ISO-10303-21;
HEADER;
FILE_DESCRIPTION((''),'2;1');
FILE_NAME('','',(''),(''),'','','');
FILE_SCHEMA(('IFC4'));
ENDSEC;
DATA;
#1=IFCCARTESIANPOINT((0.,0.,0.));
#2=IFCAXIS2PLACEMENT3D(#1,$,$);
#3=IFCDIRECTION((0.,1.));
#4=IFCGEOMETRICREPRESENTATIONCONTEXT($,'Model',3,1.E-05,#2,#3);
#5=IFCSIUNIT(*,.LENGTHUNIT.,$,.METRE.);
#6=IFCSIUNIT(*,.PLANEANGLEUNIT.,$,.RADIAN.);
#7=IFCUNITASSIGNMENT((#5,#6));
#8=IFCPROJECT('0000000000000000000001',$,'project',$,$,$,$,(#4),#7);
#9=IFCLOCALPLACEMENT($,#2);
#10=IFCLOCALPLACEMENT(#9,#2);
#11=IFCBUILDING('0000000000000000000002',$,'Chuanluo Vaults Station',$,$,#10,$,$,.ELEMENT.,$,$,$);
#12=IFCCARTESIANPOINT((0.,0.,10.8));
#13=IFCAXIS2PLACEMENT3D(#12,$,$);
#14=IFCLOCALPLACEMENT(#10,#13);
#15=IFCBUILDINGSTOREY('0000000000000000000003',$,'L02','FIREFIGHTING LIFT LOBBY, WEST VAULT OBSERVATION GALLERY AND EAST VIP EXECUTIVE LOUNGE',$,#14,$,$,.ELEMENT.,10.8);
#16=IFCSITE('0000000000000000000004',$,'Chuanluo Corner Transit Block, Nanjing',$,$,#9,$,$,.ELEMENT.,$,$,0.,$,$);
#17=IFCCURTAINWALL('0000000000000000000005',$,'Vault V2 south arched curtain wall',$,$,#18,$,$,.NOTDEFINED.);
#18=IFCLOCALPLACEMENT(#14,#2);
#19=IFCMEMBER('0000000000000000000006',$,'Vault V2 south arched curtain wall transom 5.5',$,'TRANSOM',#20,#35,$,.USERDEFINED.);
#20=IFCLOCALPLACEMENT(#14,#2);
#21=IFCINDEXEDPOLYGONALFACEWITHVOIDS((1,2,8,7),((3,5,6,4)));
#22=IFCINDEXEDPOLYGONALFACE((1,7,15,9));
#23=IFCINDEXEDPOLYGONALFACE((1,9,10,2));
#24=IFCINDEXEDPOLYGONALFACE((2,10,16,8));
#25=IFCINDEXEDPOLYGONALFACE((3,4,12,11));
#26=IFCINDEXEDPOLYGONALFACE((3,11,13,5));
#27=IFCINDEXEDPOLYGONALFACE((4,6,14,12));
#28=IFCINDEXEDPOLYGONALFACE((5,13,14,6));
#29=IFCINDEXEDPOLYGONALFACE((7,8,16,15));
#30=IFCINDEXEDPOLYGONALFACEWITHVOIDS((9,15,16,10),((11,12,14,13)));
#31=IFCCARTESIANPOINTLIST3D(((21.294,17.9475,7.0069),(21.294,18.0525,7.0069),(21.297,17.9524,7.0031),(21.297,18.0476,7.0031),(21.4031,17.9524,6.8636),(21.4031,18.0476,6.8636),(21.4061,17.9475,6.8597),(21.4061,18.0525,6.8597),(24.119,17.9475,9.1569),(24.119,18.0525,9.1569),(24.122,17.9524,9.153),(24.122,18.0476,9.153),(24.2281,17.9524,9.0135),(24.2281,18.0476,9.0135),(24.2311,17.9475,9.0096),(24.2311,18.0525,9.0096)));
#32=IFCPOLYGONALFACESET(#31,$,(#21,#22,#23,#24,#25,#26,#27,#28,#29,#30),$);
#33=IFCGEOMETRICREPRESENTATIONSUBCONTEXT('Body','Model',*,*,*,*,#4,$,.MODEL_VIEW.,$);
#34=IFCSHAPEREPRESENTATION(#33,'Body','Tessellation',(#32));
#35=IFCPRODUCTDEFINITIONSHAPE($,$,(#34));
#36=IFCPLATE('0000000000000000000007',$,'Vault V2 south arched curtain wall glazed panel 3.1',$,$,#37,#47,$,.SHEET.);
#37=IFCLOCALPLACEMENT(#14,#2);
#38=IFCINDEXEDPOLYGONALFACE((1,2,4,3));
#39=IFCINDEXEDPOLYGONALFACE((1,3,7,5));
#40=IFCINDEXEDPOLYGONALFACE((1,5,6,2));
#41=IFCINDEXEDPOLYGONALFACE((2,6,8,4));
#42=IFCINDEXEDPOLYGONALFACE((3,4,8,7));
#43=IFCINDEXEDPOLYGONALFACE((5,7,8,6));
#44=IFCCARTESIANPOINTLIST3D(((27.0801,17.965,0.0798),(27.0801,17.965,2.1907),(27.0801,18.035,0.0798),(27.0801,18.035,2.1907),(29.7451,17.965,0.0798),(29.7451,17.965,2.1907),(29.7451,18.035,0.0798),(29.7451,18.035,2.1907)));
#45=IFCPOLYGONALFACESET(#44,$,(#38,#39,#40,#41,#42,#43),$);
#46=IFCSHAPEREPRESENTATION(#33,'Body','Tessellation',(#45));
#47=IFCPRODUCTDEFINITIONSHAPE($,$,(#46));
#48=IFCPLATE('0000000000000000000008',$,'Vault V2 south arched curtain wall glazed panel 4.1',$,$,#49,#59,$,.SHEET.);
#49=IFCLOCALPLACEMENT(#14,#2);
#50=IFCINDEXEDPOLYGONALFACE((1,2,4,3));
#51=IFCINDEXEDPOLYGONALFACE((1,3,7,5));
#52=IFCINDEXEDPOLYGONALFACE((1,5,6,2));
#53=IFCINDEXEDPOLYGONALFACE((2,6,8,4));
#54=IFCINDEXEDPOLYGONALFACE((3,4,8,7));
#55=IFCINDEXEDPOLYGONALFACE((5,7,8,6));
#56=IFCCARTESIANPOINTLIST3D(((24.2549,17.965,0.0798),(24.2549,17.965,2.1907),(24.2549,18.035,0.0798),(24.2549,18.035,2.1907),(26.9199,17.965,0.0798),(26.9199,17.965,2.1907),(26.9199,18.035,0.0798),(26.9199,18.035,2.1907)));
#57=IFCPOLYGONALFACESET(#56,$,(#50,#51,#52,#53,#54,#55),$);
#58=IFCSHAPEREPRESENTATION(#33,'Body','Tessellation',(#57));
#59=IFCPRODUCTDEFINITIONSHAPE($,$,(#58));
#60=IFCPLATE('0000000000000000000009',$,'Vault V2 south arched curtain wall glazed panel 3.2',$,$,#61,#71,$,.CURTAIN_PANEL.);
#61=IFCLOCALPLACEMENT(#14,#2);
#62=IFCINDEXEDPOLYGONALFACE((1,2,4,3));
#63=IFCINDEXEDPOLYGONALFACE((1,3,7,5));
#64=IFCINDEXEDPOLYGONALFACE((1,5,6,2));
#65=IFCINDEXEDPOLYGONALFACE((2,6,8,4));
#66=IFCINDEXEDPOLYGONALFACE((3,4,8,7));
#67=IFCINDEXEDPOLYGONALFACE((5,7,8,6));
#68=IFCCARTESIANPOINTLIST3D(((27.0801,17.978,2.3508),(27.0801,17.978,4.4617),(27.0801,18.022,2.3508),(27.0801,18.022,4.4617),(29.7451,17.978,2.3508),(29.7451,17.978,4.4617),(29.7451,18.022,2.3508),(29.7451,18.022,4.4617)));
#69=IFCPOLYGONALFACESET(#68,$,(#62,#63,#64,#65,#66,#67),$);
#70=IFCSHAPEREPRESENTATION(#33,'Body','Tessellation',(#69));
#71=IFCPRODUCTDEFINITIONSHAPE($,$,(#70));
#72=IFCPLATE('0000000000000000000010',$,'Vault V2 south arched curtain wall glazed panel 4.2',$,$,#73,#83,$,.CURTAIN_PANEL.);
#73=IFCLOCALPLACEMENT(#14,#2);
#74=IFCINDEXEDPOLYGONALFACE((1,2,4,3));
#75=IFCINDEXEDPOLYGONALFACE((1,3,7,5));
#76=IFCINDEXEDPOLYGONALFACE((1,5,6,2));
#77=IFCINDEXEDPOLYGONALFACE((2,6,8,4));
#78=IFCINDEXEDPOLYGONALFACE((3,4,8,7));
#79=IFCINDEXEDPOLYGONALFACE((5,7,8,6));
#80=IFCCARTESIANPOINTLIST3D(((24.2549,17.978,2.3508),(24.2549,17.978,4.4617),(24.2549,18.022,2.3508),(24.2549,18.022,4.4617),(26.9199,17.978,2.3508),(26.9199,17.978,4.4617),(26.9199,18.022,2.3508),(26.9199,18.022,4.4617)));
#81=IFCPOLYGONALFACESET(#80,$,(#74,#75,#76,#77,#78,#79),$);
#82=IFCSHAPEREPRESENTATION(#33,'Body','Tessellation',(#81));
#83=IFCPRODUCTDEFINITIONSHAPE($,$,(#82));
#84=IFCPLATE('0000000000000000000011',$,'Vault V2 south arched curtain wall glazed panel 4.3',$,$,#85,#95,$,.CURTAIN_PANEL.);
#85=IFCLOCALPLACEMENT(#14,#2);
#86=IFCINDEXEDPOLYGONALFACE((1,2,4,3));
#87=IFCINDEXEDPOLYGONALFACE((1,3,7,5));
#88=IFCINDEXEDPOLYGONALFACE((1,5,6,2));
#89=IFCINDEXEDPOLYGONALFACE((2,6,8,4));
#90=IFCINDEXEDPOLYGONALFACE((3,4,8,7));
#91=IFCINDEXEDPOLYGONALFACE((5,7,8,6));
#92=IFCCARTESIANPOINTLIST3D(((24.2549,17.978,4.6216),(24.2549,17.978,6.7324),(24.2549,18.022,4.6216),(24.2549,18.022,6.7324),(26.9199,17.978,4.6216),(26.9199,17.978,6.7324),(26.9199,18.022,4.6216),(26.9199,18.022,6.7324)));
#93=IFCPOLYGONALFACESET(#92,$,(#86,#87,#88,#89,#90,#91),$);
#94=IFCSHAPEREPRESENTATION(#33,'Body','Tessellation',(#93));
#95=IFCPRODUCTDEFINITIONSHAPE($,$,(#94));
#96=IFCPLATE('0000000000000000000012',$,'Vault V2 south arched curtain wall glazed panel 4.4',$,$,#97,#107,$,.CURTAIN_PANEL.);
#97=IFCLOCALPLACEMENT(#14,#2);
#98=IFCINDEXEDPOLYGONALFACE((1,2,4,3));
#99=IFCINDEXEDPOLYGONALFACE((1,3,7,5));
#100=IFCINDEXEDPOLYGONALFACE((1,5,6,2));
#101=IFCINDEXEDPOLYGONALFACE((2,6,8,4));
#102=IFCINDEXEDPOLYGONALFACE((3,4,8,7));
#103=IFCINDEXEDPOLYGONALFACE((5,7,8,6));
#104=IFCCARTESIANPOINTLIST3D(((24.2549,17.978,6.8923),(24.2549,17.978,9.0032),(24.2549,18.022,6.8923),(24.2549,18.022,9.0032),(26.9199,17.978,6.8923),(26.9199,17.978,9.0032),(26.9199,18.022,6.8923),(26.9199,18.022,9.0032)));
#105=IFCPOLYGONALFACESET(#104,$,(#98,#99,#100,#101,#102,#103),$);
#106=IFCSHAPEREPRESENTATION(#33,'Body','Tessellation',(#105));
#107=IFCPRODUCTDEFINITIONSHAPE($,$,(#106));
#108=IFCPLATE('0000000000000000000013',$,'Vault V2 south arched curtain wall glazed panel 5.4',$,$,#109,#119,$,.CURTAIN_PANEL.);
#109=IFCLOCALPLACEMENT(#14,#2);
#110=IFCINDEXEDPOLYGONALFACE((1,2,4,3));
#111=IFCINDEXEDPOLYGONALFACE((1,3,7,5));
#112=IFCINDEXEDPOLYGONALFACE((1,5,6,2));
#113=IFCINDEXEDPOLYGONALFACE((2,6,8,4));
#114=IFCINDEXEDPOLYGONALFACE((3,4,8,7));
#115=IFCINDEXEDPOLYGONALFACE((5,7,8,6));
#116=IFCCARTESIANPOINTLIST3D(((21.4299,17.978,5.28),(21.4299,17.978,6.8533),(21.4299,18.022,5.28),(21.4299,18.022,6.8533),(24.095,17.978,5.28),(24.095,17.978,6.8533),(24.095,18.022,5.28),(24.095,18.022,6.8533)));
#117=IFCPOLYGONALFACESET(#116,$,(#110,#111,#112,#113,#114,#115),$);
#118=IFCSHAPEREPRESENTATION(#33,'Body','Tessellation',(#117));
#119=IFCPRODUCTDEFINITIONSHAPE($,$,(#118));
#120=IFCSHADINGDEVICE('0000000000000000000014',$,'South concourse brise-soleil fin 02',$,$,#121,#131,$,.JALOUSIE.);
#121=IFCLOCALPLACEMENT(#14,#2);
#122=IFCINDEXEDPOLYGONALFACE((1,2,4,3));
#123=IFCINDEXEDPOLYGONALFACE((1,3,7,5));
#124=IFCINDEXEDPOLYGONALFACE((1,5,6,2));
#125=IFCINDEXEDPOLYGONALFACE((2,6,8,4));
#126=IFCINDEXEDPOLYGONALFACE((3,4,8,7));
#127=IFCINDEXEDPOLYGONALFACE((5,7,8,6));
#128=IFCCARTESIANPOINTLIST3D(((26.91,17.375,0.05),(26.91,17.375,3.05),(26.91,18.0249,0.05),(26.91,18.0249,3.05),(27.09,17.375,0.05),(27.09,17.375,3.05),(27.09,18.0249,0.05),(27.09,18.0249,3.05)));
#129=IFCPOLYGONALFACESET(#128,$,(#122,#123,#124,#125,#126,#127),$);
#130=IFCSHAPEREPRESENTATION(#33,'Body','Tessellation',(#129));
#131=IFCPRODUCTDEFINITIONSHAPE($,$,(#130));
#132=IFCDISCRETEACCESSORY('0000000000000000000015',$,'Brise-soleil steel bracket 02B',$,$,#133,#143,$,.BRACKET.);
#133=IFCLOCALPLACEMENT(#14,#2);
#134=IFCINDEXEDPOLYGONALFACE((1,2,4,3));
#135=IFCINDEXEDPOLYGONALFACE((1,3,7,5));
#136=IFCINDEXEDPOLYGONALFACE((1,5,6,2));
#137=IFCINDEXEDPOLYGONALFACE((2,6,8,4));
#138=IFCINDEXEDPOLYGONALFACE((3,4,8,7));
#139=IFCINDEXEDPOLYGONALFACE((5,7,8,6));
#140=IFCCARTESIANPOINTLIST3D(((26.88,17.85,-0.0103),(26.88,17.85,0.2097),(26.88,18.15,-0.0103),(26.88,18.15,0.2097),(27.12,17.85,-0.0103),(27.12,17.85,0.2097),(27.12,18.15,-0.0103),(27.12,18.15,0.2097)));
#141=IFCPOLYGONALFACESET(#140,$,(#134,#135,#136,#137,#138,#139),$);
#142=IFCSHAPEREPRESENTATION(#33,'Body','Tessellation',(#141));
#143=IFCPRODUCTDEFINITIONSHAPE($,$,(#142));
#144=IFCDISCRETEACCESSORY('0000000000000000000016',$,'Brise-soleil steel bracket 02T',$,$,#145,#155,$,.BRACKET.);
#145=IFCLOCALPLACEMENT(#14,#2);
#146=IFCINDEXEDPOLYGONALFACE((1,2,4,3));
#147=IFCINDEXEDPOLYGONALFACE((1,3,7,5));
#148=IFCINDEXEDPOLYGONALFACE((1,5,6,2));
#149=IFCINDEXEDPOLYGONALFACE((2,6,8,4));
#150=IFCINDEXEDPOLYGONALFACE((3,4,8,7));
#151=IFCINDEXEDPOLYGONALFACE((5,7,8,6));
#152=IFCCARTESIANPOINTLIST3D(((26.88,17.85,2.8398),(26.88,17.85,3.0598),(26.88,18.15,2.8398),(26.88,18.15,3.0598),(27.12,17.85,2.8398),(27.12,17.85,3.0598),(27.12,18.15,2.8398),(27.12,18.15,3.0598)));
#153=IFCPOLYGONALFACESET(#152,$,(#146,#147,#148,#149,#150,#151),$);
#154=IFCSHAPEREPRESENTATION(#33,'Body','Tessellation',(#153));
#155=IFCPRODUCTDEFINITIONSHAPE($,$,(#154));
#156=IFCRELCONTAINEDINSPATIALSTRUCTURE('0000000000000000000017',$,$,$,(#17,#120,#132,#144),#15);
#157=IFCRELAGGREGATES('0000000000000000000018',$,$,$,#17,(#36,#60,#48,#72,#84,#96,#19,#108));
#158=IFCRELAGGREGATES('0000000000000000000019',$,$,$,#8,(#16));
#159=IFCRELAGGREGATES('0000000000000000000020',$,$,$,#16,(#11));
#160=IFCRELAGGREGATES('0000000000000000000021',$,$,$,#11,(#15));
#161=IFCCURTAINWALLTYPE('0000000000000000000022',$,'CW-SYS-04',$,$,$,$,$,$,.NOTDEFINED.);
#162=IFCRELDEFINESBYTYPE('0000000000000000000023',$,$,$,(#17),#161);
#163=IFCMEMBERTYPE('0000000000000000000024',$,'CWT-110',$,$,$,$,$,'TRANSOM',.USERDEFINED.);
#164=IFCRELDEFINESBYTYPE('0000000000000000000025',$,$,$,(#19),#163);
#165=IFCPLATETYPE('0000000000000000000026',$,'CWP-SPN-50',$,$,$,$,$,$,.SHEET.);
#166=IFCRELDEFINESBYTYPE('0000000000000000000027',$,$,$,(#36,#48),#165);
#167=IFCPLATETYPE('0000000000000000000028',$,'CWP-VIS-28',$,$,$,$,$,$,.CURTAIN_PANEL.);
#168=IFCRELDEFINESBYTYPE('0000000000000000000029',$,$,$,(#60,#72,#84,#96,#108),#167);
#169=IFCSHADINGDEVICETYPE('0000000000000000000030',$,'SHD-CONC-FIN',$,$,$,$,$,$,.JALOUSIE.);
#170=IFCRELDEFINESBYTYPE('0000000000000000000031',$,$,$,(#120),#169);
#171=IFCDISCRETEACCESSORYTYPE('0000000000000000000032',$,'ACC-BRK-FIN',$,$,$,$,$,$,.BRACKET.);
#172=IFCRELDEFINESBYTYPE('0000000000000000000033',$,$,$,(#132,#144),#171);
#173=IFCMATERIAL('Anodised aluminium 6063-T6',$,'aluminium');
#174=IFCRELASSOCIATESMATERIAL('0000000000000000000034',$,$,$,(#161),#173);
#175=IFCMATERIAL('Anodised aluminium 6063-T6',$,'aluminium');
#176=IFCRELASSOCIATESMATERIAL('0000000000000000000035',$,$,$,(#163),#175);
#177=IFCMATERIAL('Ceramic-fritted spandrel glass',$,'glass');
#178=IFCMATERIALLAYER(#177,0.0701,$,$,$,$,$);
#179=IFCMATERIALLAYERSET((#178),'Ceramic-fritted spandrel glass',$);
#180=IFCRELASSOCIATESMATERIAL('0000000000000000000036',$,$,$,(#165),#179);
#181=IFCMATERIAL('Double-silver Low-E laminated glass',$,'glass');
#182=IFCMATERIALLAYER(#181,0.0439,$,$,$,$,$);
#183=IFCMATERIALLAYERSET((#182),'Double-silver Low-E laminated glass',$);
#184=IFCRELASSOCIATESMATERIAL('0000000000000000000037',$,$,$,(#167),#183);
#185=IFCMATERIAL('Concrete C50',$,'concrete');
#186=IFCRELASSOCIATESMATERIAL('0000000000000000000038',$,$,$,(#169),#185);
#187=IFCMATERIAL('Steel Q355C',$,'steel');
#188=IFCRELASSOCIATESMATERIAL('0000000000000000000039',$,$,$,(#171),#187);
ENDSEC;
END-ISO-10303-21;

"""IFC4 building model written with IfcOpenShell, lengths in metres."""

from ifc_helpers import new_model, si_unit, direction, frame, origin, origin_2d, place, context, subcontext, project, spatial, rectangle, hollow_rectangle, extrude, material, layer, layer_set, material_profile, profile_set, type_object, element, aggregate, save


model = new_model("IFC4")

# Units and contexts
model_context = context("Model", 3, precision=1e-05, world=origin(), true_north=direction((0.0, 1.0)))
body_context = subcontext(model_context, "Body", "Model", "MODEL_VIEW")
ifc_project = project(units=[si_unit("LENGTHUNIT", "METRE"), si_unit("PLANEANGLEUNIT", "RADIAN")], contexts=[model_context])

# Site, building, storey
site_placement = place(None, origin())
site = spatial("IfcSite", under=ifc_project, at=site_placement, Name="Chuanluo Corner Transit Block, Nanjing", CompositionType="ELEMENT", RefElevation=0.0)
building_placement = place(site_placement, origin())
building = spatial("IfcBuilding", under=site, at=building_placement, Name="Chuanluo Vaults Station", CompositionType="ELEMENT")
storey_placement = place(building_placement, frame((0.0, 0.0, 10.8)))
storey = spatial("IfcBuildingStorey", under=building, at=storey_placement, Name="L02", Description="FIREFIGHTING LIFT LOBBY, WEST VAULT OBSERVATION GALLERY AND EAST VIP EXECUTIVE LOUNGE", CompositionType="ELEMENT", Elevation=10.8)

# Curtain wall, member, plates
ifc_material_1 = material(Name="Anodised aluminium 6063-T6", Category="aluminium")
curtain_wall_type = type_object("IfcCurtainWallType", Name="CW-SYS-04", PredefinedType="NOTDEFINED", material=ifc_material_1)
curtain_wall_placement = place(storey_placement, origin())
curtain_wall = element("IfcCurtainWall", 1, at=curtain_wall_placement, inside=storey, type_object=curtain_wall_type, Name="Vault V2 south arched curtain wall", PredefinedType="NOTDEFINED")
ifc_material_2 = material(Name="Anodised aluminium 6063-T6", Category="aluminium")
ifc_material_profile_1 = material_profile(ifc_material_2, hollow_rectangle(XDim=0.105, YDim=0.1851, WallThickness=0.0049, at=origin_2d()))
ifc_profile_set_1 = profile_set([ifc_material_profile_1], Name="Anodised aluminium 6063-T6")
member_type_1 = type_object("IfcMemberType", Name="CWT-110", ElementType="TRANSOM", PredefinedType="USERDEFINED", material=ifc_profile_set_1)
member_1_placement = place(storey_placement, frame((24.175, 18.0, 9.0833), z_axis=(-0.795763, 0.0, -0.605608), x_axis=(0.0, -1.0, 0.0)))
member_1 = element("IfcMember", 2, at=member_1_placement, type_object=member_type_1, Name="Vault V2 south arched curtain wall transom 5.5", ObjectType="TRANSOM", PredefinedType="USERDEFINED", context=body_context, shape_type="SweptSolid", body=[
    extrude(hollow_rectangle(XDim=0.105, YDim=0.1851, WallThickness=0.0049, at=origin_2d()), origin(), (0.0, 0.0, 1.0), 3.55),
])
ifc_material_3 = material(Name="Ceramic-fritted spandrel glass", Category="glass")
ifc_layer_1 = layer(ifc_material_3, 0.0701)
ifc_layer_set_1 = layer_set([ifc_layer_1], Name="Ceramic-fritted spandrel glass")
plate_type_1 = type_object("IfcPlateType", Name="CWP-SPN-50", PredefinedType="SHEET", material=ifc_layer_set_1)
plate_1_placement = place(storey_placement, frame((28.4126, 18.0, 0.0798), z_axis=(0.0, 0.0, 1.0), x_axis=(-1.0, 0.0, 0.0)))
plate_1 = element("IfcPlate", 3, at=plate_1_placement, type_object=plate_type_1, Name="Vault V2 south arched curtain wall glazed panel 3.1", PredefinedType="SHEET", context=body_context, shape_type="SweptSolid", body=[
    extrude(rectangle(XDim=2.665, YDim=0.0701, at=origin_2d()), origin(), (0.0, 0.0, 1.0), 2.1108),
])
plate_2_placement = place(storey_placement, frame((25.5874, 18.0, 0.0798), z_axis=(0.0, 0.0, 1.0), x_axis=(-1.0, 0.0, 0.0)))
plate_2 = element("IfcPlate", 4, at=plate_2_placement, type_object=plate_type_1, Name="Vault V2 south arched curtain wall glazed panel 4.1", PredefinedType="SHEET", context=body_context, shape_type="SweptSolid", body=[
    extrude(rectangle(XDim=2.665, YDim=0.0701, at=origin_2d()), origin(), (0.0, 0.0, 1.0), 2.1108),
])
ifc_material_4 = material(Name="Double-silver Low-E laminated glass", Category="glass")
ifc_layer_2 = layer(ifc_material_4, 0.0439)
ifc_layer_set_2 = layer_set([ifc_layer_2], Name="Double-silver Low-E laminated glass")
plate_type_2 = type_object("IfcPlateType", Name="CWP-VIS-28", PredefinedType="CURTAIN_PANEL", material=ifc_layer_set_2)
plate_3_placement = place(storey_placement, frame((28.4126, 18.0, 2.3508), z_axis=(0.0, 0.0, 1.0), x_axis=(-1.0, 0.0, 0.0)))
plate_3 = element("IfcPlate", 5, at=plate_3_placement, type_object=plate_type_2, Name="Vault V2 south arched curtain wall glazed panel 3.2", PredefinedType="CURTAIN_PANEL", context=body_context, shape_type="SweptSolid", body=[
    extrude(rectangle(XDim=2.665, YDim=0.0439, at=origin_2d()), origin(), (0.0, 0.0, 1.0), 2.1108),
])
plate_4_placement = place(storey_placement, frame((25.5874, 18.0, 2.3508), z_axis=(0.0, 0.0, 1.0), x_axis=(-1.0, 0.0, 0.0)))
plate_4 = element("IfcPlate", 6, at=plate_4_placement, type_object=plate_type_2, Name="Vault V2 south arched curtain wall glazed panel 4.2", PredefinedType="CURTAIN_PANEL", context=body_context, shape_type="SweptSolid", body=[
    extrude(rectangle(XDim=2.665, YDim=0.0439, at=origin_2d()), origin(), (0.0, 0.0, 1.0), 2.1108),
])
plate_5_placement = place(storey_placement, frame((25.5874, 18.0, 4.6216), z_axis=(0.0, 0.0, 1.0), x_axis=(-1.0, 0.0, 0.0)))
plate_5 = element("IfcPlate", 7, at=plate_5_placement, type_object=plate_type_2, Name="Vault V2 south arched curtain wall glazed panel 4.3", PredefinedType="CURTAIN_PANEL", context=body_context, shape_type="SweptSolid", body=[
    extrude(rectangle(XDim=2.665, YDim=0.0439, at=origin_2d()), origin(), (0.0, 0.0, 1.0), 2.1108),
])
plate_6_placement = place(storey_placement, frame((25.5874, 18.0, 6.8923), z_axis=(0.0, 0.0, 1.0), x_axis=(-1.0, 0.0, 0.0)))
plate_6 = element("IfcPlate", 8, at=plate_6_placement, type_object=plate_type_2, Name="Vault V2 south arched curtain wall glazed panel 4.4", PredefinedType="CURTAIN_PANEL", context=body_context, shape_type="SweptSolid", body=[
    extrude(rectangle(XDim=2.665, YDim=0.0439, at=origin_2d()), origin(), (0.0, 0.0, 1.0), 2.1108),
])
plate_7_placement = place(storey_placement, frame((22.7625, 18.0, 5.28), z_axis=(0.0, 0.0, 1.0), x_axis=(-1.0, 0.0, 0.0)))
plate_7 = element("IfcPlate", 9, at=plate_7_placement, type_object=plate_type_2, Name="Vault V2 south arched curtain wall glazed panel 5.4", PredefinedType="CURTAIN_PANEL", context=body_context, shape_type="SweptSolid", body=[
    extrude(rectangle(XDim=2.665, YDim=0.0439, at=origin_2d()), origin(), (0.0, 0.0, 1.0), 1.5732),
])
aggregate(curtain_wall, [plate_1, plate_3, plate_2, plate_4, plate_5, plate_6, member_1, plate_7])

# Shading device
ifc_material_5 = material(Name="Concrete C50", Category="concrete")
shading_device_type = type_object("IfcShadingDeviceType", Name="SHD-CONC-FIN", PredefinedType="JALOUSIE", material=ifc_material_5)
shading_device_placement = place(storey_placement, frame((27.0, 17.7, 0.05), z_axis=(0.0, 0.0, 1.0), x_axis=(1.0, 0.0, 0.0)))
element("IfcShadingDevice", 10, at=shading_device_placement, inside=storey, type_object=shading_device_type, Name="South concourse brise-soleil fin 02", PredefinedType="JALOUSIE", context=body_context, shape_type="SweptSolid", body=[
    extrude(rectangle(XDim=0.1799, YDim=0.6499, at=origin_2d()), origin(), (0.0, 0.0, 1.0), 3.0),
])

# Discrete accessories
ifc_material_6 = material(Name="Steel Q355C", Category="steel")
discrete_accessory_type = type_object("IfcDiscreteAccessoryType", Name="ACC-BRK-FIN", PredefinedType="BRACKET", material=ifc_material_6)
for number, where, z_axis, x_axis, name in (
    (11, (27.0, 18.0, -0.0103), (0.0, 0.0, 1.0), (1.0, 0.0, 0.0), "Brise-soleil steel bracket 02B"),
    (12, (27.0, 18.0, 2.8398), (0.0, 0.0, 1.0), (1.0, 0.0, 0.0), "Brise-soleil steel bracket 02T"),
):
    element("IfcDiscreteAccessory", number, at=place(storey_placement, frame(where, z_axis=z_axis, x_axis=x_axis)), inside=storey, type_object=discrete_accessory_type, Name=name, PredefinedType="BRACKET", context=body_context, shape_type="SweptSolid", body=[
        extrude(rectangle(XDim=0.24, YDim=0.3, at=origin_2d()), origin(), (0.0, 0.0, 1.0), 0.22),
    ])

save(model, "model.ifc")
